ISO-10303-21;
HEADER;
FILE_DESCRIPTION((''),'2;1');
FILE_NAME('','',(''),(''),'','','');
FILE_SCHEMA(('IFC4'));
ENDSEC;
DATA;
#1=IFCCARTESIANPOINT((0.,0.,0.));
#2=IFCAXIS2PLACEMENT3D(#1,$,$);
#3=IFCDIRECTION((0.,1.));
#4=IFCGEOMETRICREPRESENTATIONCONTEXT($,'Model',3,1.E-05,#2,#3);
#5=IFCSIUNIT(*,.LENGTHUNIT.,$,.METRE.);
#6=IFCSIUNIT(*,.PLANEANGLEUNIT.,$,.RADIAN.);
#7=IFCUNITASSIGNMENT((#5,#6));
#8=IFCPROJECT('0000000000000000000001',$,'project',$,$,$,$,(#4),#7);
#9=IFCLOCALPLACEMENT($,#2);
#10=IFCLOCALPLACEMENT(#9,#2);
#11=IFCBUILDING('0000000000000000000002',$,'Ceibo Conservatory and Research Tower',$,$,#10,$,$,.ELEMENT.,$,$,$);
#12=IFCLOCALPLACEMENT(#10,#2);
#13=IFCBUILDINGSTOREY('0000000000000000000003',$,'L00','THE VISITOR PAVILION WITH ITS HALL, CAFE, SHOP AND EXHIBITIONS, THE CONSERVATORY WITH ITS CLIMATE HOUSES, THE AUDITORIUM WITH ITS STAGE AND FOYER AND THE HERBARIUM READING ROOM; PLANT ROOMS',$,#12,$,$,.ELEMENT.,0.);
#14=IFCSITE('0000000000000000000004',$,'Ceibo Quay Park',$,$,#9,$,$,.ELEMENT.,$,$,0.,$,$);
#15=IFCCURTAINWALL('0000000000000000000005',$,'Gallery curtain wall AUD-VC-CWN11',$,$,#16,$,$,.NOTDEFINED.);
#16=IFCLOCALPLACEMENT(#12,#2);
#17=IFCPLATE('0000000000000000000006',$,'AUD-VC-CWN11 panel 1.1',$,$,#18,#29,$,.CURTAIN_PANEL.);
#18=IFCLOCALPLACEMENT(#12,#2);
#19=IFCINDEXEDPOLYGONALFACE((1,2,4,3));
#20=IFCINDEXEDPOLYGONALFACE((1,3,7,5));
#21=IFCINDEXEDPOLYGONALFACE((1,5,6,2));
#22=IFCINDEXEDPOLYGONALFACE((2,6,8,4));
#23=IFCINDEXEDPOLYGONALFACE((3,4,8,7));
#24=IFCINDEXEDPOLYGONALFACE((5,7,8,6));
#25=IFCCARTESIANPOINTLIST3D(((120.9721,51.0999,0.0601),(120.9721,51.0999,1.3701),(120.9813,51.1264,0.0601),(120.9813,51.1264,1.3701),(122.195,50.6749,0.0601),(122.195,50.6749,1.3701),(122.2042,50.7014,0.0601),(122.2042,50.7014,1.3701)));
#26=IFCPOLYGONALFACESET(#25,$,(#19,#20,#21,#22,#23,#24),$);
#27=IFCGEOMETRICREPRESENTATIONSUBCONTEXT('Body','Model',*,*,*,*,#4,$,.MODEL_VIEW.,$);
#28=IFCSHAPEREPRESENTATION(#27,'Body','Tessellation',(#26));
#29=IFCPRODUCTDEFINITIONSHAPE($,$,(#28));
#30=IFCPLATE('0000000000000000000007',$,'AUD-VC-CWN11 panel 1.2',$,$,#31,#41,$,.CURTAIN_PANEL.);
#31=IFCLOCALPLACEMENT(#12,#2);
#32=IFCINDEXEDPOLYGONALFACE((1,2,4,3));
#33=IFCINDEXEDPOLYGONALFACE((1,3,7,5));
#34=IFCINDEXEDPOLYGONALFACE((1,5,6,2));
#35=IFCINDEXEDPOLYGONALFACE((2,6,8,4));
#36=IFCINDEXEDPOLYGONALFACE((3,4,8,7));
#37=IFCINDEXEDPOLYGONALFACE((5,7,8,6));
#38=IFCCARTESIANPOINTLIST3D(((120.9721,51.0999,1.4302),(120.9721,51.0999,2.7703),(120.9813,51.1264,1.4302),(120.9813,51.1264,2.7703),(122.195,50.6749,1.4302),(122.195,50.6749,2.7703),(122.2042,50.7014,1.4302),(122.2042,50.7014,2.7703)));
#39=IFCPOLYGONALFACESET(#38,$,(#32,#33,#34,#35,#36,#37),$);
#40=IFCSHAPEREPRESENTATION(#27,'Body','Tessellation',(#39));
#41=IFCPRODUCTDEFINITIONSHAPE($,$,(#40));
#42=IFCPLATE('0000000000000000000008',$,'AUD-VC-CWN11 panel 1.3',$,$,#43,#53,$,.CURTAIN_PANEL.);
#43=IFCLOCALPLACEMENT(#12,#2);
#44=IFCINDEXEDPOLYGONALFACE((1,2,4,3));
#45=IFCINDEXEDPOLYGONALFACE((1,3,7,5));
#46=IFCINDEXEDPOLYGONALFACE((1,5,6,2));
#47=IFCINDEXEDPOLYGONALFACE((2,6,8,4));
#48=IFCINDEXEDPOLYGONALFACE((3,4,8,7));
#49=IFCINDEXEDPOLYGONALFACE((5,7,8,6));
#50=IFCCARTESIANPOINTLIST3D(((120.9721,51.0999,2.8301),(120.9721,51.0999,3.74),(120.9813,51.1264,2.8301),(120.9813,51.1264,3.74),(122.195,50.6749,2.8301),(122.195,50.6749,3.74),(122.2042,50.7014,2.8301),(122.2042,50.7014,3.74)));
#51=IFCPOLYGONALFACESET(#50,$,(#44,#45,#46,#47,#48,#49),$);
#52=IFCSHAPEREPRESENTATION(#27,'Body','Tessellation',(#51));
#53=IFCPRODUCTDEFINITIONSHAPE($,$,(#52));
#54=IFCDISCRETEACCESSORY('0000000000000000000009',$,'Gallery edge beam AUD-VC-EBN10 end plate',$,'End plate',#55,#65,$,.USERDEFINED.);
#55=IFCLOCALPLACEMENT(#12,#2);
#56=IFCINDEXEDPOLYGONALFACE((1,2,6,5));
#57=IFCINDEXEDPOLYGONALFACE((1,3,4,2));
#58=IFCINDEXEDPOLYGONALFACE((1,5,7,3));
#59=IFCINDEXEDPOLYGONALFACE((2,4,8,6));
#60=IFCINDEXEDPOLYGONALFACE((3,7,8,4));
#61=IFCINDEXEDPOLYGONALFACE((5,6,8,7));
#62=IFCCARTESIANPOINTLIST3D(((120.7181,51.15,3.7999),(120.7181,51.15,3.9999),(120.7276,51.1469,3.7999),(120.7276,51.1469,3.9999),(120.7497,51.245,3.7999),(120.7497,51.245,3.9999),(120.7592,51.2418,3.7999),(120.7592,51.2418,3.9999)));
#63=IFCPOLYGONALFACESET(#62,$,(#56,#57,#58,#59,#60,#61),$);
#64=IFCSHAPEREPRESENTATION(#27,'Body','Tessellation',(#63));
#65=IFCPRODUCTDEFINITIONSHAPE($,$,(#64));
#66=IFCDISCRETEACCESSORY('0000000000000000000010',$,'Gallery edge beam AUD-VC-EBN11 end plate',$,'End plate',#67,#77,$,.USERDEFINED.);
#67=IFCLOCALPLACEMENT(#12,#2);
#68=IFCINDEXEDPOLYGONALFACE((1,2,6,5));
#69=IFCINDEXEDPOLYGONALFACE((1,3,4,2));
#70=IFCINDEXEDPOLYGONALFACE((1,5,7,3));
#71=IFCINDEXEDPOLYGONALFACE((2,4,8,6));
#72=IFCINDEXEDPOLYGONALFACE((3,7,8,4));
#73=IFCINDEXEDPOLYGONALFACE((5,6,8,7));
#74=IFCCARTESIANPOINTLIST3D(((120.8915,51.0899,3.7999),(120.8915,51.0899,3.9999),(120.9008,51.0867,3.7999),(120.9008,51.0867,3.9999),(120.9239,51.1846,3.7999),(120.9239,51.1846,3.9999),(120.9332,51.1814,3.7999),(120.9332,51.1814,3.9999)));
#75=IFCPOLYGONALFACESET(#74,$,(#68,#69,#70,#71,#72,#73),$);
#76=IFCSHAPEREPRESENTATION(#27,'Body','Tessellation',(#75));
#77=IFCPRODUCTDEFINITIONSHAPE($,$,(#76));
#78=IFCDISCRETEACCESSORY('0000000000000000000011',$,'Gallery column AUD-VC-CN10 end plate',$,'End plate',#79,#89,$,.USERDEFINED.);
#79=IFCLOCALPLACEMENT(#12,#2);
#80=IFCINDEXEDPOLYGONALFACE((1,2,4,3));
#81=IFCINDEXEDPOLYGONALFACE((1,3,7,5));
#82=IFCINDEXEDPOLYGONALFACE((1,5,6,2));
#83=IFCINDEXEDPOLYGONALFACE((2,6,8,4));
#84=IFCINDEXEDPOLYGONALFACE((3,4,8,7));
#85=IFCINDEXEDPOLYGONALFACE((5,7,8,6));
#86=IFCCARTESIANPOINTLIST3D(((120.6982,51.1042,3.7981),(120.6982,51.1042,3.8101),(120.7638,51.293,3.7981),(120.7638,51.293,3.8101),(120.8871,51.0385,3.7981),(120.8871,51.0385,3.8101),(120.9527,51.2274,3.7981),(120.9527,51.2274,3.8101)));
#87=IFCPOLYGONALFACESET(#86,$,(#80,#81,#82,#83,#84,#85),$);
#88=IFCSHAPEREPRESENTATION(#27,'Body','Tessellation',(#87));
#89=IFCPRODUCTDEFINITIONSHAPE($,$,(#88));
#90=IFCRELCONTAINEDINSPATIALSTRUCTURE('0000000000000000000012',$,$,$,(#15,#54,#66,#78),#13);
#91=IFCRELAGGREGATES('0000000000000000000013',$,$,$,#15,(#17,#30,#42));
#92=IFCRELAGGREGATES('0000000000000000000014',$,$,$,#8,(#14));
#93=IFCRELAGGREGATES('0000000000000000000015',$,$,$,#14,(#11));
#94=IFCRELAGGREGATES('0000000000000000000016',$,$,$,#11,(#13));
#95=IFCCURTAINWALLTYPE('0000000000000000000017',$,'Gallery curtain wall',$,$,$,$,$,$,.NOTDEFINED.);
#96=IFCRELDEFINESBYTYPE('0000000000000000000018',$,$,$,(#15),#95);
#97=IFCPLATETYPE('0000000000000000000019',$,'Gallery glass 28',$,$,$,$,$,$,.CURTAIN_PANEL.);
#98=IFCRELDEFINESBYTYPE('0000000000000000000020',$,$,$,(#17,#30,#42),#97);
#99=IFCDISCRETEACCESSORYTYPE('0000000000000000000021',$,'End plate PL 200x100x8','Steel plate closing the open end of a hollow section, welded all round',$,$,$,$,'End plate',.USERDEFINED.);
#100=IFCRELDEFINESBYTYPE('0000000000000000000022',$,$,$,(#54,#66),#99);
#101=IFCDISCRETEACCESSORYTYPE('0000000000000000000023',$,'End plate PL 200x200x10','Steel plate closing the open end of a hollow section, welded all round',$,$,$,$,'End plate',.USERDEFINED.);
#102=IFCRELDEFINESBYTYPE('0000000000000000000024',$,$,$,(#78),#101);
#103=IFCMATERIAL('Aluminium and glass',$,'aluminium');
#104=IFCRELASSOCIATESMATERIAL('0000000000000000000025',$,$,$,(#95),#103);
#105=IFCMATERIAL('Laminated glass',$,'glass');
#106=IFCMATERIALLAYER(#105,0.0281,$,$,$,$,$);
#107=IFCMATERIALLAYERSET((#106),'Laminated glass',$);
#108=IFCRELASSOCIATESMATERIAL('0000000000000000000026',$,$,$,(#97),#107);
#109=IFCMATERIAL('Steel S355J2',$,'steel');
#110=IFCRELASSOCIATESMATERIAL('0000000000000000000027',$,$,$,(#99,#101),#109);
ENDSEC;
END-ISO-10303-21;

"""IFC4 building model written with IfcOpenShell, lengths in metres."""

from ifc_helpers import new_model, si_unit, direction, frame, origin, origin_2d, place, context, subcontext, project, spatial, rectangle, extrude, material, layer, layer_set, material_profile, profile_set, type_object, element, aggregate, save


model = new_model("IFC4")

# Units and contexts
model_context = context("Model", 3, precision=1e-05, world=origin(), true_north=direction((0.0, 1.0)))
body_context = subcontext(model_context, "Body", "Model", "MODEL_VIEW")
ifc_project = project(units=[si_unit("LENGTHUNIT", "METRE"), si_unit("PLANEANGLEUNIT", "RADIAN")], contexts=[model_context])

# Site, building, storey
site_placement = place(None, origin())
site = spatial("IfcSite", under=ifc_project, at=site_placement, Name="Ceibo Quay Park", CompositionType="ELEMENT", RefElevation=0.0)
building_placement = place(site_placement, origin())
building = spatial("IfcBuilding", under=site, at=building_placement, Name="Ceibo Conservatory and Research Tower", CompositionType="ELEMENT")
storey_placement = place(building_placement, origin())
storey = spatial("IfcBuildingStorey", under=building, at=storey_placement, Name="L00", Description="THE VISITOR PAVILION WITH ITS HALL, CAFE, SHOP AND EXHIBITIONS, THE CONSERVATORY WITH ITS CLIMATE HOUSES, THE AUDITORIUM WITH ITS STAGE AND FOYER AND THE HERBARIUM READING ROOM; PLANT ROOMS", CompositionType="ELEMENT", Elevation=0.0)

# Curtain wall
ifc_material_1 = material(Name="Aluminium and glass", Category="aluminium")
curtain_wall_type = type_object("IfcCurtainWallType", Name="Gallery curtain wall", PredefinedType="NOTDEFINED", material=ifc_material_1)
curtain_wall_1_placement = place(storey_placement, origin())
curtain_wall_1 = element("IfcCurtainWall", 1, at=curtain_wall_1_placement, inside=storey, type_object=curtain_wall_type, Name="Gallery curtain wall AUD-VC-CWN11", PredefinedType="NOTDEFINED")

# Shared definitions
ifc_material_2 = material(Name="Steel S355J2", Category="steel")

# Plates
ifc_material_3 = material(Name="Laminated glass", Category="glass")
ifc_layer = layer(ifc_material_3, 0.0281)
ifc_layer_set = layer_set([ifc_layer], Name="Laminated glass")
plate_type = type_object("IfcPlateType", Name="Gallery glass 28", PredefinedType="CURTAIN_PANEL", material=ifc_layer_set)
plate_1_placement = place(storey_placement, frame((121.5881, 50.9006, 0.0601), z_axis=(0.0, 0.0, 1.0), x_axis=(0.944579, -0.328284, 0.0)))
plate_1 = element("IfcPlate", 2, at=plate_1_placement, type_object=plate_type, Name="AUD-VC-CWN11 panel 1.1", PredefinedType="CURTAIN_PANEL", context=body_context, shape_type="SweptSolid", body=[
    extrude(rectangle(XDim=1.2947, YDim=0.0281, at=origin_2d()), origin(), (0.0, 0.0, 1.0), 1.3101),
])
plate_2_placement = place(storey_placement, frame((121.5881, 50.9006, 1.4302), z_axis=(0.0, 0.0, 1.0), x_axis=(0.944579, -0.328284, 0.0)))
plate_2 = element("IfcPlate", 3, at=plate_2_placement, type_object=plate_type, Name="AUD-VC-CWN11 panel 1.2", PredefinedType="CURTAIN_PANEL", context=body_context, shape_type="SweptSolid", body=[
    extrude(rectangle(XDim=1.2947, YDim=0.0281, at=origin_2d()), origin(), (0.0, 0.0, 1.0), 1.3401),
])
plate_3_placement = place(storey_placement, frame((121.5881, 50.9006, 2.8301), z_axis=(0.0, 0.0, 1.0), x_axis=(0.944579, -0.328284, 0.0)))
plate_3 = element("IfcPlate", 4, at=plate_3_placement, type_object=plate_type, Name="AUD-VC-CWN11 panel 1.3", PredefinedType="CURTAIN_PANEL", context=body_context, shape_type="SweptSolid", body=[
    extrude(rectangle(XDim=1.2947, YDim=0.0281, at=origin_2d()), origin(), (0.0, 0.0, 1.0), 0.9099),
])
aggregate(curtain_wall_1, [plate_1, plate_2, plate_3])

# Discrete accessories
ifc_material_profile_1 = material_profile(ifc_material_2, rectangle(XDim=0.1001, YDim=0.2, at=origin_2d()), Name="End plate PL 200x100x8")
ifc_profile_set_1 = profile_set([ifc_material_profile_1], Name="Steel S355J2")
discrete_accessory_type_1 = type_object("IfcDiscreteAccessoryType", Name="End plate PL 200x100x8", Description="Steel plate closing the open end of a hollow section, welded all round", ElementType="End plate", PredefinedType="USERDEFINED", material=ifc_profile_set_1)
discrete_accessory_1_placement = place(storey_placement, frame((120.7339, 51.1975, 3.8999), z_axis=(0.948683, -0.316228, 0.0), x_axis=(0.316228, 0.948683, 0.0)))
element("IfcDiscreteAccessory", 5, at=discrete_accessory_1_placement, inside=storey, type_object=discrete_accessory_type_1, Name="Gallery edge beam AUD-VC-EBN10 end plate", ObjectType="End plate", PredefinedType="USERDEFINED", context=body_context, shape_type="SweptSolid", body=[
    extrude(rectangle(XDim=0.1001, YDim=0.2, at=origin_2d()), origin(), (0.0, 0.0, 1.0), 0.01),
])
discrete_accessory_2_placement = place(storey_placement, frame((120.9077, 51.1372, 3.8999), z_axis=(0.946164, -0.323688, 0.0), x_axis=(0.323688, 0.946164, 0.0)))
element("IfcDiscreteAccessory", 6, at=discrete_accessory_2_placement, inside=storey, type_object=discrete_accessory_type_1, Name="Gallery edge beam AUD-VC-EBN11 end plate", ObjectType="End plate", PredefinedType="USERDEFINED", context=body_context, shape_type="SweptSolid", body=[
    extrude(rectangle(XDim=0.1001, YDim=0.2, at=origin_2d()), origin(), (0.0, 0.0, 1.0), 0.0098),
])
ifc_material_profile_2 = material_profile(ifc_material_2, rectangle(XDim=0.2, YDim=0.2, at=origin_2d()), Name="End plate PL 200x200x10")
ifc_profile_set_2 = profile_set([ifc_material_profile_2], Name="Steel S355J2")
discrete_accessory_type_2 = type_object("IfcDiscreteAccessoryType", Name="End plate PL 200x200x10", Description="Steel plate closing the open end of a hollow section, welded all round", ElementType="End plate", PredefinedType="USERDEFINED", material=ifc_profile_set_2)
discrete_accessory_3_placement = place(storey_placement, frame((120.8254, 51.1658, 3.7981), z_axis=(0.0, 0.0, 1.0), x_axis=(0.944579, -0.328284, 0.0)))
element("IfcDiscreteAccessory", 7, at=discrete_accessory_3_placement, inside=storey, type_object=discrete_accessory_type_2, Name="Gallery column AUD-VC-CN10 end plate", ObjectType="End plate", PredefinedType="USERDEFINED", context=body_context, shape_type="SweptSolid", body=[
    extrude(rectangle(XDim=0.2, YDim=0.2, at=origin_2d()), origin(), (0.0, 0.0, 1.0), 0.012),
])

save(model, "model.ifc")
